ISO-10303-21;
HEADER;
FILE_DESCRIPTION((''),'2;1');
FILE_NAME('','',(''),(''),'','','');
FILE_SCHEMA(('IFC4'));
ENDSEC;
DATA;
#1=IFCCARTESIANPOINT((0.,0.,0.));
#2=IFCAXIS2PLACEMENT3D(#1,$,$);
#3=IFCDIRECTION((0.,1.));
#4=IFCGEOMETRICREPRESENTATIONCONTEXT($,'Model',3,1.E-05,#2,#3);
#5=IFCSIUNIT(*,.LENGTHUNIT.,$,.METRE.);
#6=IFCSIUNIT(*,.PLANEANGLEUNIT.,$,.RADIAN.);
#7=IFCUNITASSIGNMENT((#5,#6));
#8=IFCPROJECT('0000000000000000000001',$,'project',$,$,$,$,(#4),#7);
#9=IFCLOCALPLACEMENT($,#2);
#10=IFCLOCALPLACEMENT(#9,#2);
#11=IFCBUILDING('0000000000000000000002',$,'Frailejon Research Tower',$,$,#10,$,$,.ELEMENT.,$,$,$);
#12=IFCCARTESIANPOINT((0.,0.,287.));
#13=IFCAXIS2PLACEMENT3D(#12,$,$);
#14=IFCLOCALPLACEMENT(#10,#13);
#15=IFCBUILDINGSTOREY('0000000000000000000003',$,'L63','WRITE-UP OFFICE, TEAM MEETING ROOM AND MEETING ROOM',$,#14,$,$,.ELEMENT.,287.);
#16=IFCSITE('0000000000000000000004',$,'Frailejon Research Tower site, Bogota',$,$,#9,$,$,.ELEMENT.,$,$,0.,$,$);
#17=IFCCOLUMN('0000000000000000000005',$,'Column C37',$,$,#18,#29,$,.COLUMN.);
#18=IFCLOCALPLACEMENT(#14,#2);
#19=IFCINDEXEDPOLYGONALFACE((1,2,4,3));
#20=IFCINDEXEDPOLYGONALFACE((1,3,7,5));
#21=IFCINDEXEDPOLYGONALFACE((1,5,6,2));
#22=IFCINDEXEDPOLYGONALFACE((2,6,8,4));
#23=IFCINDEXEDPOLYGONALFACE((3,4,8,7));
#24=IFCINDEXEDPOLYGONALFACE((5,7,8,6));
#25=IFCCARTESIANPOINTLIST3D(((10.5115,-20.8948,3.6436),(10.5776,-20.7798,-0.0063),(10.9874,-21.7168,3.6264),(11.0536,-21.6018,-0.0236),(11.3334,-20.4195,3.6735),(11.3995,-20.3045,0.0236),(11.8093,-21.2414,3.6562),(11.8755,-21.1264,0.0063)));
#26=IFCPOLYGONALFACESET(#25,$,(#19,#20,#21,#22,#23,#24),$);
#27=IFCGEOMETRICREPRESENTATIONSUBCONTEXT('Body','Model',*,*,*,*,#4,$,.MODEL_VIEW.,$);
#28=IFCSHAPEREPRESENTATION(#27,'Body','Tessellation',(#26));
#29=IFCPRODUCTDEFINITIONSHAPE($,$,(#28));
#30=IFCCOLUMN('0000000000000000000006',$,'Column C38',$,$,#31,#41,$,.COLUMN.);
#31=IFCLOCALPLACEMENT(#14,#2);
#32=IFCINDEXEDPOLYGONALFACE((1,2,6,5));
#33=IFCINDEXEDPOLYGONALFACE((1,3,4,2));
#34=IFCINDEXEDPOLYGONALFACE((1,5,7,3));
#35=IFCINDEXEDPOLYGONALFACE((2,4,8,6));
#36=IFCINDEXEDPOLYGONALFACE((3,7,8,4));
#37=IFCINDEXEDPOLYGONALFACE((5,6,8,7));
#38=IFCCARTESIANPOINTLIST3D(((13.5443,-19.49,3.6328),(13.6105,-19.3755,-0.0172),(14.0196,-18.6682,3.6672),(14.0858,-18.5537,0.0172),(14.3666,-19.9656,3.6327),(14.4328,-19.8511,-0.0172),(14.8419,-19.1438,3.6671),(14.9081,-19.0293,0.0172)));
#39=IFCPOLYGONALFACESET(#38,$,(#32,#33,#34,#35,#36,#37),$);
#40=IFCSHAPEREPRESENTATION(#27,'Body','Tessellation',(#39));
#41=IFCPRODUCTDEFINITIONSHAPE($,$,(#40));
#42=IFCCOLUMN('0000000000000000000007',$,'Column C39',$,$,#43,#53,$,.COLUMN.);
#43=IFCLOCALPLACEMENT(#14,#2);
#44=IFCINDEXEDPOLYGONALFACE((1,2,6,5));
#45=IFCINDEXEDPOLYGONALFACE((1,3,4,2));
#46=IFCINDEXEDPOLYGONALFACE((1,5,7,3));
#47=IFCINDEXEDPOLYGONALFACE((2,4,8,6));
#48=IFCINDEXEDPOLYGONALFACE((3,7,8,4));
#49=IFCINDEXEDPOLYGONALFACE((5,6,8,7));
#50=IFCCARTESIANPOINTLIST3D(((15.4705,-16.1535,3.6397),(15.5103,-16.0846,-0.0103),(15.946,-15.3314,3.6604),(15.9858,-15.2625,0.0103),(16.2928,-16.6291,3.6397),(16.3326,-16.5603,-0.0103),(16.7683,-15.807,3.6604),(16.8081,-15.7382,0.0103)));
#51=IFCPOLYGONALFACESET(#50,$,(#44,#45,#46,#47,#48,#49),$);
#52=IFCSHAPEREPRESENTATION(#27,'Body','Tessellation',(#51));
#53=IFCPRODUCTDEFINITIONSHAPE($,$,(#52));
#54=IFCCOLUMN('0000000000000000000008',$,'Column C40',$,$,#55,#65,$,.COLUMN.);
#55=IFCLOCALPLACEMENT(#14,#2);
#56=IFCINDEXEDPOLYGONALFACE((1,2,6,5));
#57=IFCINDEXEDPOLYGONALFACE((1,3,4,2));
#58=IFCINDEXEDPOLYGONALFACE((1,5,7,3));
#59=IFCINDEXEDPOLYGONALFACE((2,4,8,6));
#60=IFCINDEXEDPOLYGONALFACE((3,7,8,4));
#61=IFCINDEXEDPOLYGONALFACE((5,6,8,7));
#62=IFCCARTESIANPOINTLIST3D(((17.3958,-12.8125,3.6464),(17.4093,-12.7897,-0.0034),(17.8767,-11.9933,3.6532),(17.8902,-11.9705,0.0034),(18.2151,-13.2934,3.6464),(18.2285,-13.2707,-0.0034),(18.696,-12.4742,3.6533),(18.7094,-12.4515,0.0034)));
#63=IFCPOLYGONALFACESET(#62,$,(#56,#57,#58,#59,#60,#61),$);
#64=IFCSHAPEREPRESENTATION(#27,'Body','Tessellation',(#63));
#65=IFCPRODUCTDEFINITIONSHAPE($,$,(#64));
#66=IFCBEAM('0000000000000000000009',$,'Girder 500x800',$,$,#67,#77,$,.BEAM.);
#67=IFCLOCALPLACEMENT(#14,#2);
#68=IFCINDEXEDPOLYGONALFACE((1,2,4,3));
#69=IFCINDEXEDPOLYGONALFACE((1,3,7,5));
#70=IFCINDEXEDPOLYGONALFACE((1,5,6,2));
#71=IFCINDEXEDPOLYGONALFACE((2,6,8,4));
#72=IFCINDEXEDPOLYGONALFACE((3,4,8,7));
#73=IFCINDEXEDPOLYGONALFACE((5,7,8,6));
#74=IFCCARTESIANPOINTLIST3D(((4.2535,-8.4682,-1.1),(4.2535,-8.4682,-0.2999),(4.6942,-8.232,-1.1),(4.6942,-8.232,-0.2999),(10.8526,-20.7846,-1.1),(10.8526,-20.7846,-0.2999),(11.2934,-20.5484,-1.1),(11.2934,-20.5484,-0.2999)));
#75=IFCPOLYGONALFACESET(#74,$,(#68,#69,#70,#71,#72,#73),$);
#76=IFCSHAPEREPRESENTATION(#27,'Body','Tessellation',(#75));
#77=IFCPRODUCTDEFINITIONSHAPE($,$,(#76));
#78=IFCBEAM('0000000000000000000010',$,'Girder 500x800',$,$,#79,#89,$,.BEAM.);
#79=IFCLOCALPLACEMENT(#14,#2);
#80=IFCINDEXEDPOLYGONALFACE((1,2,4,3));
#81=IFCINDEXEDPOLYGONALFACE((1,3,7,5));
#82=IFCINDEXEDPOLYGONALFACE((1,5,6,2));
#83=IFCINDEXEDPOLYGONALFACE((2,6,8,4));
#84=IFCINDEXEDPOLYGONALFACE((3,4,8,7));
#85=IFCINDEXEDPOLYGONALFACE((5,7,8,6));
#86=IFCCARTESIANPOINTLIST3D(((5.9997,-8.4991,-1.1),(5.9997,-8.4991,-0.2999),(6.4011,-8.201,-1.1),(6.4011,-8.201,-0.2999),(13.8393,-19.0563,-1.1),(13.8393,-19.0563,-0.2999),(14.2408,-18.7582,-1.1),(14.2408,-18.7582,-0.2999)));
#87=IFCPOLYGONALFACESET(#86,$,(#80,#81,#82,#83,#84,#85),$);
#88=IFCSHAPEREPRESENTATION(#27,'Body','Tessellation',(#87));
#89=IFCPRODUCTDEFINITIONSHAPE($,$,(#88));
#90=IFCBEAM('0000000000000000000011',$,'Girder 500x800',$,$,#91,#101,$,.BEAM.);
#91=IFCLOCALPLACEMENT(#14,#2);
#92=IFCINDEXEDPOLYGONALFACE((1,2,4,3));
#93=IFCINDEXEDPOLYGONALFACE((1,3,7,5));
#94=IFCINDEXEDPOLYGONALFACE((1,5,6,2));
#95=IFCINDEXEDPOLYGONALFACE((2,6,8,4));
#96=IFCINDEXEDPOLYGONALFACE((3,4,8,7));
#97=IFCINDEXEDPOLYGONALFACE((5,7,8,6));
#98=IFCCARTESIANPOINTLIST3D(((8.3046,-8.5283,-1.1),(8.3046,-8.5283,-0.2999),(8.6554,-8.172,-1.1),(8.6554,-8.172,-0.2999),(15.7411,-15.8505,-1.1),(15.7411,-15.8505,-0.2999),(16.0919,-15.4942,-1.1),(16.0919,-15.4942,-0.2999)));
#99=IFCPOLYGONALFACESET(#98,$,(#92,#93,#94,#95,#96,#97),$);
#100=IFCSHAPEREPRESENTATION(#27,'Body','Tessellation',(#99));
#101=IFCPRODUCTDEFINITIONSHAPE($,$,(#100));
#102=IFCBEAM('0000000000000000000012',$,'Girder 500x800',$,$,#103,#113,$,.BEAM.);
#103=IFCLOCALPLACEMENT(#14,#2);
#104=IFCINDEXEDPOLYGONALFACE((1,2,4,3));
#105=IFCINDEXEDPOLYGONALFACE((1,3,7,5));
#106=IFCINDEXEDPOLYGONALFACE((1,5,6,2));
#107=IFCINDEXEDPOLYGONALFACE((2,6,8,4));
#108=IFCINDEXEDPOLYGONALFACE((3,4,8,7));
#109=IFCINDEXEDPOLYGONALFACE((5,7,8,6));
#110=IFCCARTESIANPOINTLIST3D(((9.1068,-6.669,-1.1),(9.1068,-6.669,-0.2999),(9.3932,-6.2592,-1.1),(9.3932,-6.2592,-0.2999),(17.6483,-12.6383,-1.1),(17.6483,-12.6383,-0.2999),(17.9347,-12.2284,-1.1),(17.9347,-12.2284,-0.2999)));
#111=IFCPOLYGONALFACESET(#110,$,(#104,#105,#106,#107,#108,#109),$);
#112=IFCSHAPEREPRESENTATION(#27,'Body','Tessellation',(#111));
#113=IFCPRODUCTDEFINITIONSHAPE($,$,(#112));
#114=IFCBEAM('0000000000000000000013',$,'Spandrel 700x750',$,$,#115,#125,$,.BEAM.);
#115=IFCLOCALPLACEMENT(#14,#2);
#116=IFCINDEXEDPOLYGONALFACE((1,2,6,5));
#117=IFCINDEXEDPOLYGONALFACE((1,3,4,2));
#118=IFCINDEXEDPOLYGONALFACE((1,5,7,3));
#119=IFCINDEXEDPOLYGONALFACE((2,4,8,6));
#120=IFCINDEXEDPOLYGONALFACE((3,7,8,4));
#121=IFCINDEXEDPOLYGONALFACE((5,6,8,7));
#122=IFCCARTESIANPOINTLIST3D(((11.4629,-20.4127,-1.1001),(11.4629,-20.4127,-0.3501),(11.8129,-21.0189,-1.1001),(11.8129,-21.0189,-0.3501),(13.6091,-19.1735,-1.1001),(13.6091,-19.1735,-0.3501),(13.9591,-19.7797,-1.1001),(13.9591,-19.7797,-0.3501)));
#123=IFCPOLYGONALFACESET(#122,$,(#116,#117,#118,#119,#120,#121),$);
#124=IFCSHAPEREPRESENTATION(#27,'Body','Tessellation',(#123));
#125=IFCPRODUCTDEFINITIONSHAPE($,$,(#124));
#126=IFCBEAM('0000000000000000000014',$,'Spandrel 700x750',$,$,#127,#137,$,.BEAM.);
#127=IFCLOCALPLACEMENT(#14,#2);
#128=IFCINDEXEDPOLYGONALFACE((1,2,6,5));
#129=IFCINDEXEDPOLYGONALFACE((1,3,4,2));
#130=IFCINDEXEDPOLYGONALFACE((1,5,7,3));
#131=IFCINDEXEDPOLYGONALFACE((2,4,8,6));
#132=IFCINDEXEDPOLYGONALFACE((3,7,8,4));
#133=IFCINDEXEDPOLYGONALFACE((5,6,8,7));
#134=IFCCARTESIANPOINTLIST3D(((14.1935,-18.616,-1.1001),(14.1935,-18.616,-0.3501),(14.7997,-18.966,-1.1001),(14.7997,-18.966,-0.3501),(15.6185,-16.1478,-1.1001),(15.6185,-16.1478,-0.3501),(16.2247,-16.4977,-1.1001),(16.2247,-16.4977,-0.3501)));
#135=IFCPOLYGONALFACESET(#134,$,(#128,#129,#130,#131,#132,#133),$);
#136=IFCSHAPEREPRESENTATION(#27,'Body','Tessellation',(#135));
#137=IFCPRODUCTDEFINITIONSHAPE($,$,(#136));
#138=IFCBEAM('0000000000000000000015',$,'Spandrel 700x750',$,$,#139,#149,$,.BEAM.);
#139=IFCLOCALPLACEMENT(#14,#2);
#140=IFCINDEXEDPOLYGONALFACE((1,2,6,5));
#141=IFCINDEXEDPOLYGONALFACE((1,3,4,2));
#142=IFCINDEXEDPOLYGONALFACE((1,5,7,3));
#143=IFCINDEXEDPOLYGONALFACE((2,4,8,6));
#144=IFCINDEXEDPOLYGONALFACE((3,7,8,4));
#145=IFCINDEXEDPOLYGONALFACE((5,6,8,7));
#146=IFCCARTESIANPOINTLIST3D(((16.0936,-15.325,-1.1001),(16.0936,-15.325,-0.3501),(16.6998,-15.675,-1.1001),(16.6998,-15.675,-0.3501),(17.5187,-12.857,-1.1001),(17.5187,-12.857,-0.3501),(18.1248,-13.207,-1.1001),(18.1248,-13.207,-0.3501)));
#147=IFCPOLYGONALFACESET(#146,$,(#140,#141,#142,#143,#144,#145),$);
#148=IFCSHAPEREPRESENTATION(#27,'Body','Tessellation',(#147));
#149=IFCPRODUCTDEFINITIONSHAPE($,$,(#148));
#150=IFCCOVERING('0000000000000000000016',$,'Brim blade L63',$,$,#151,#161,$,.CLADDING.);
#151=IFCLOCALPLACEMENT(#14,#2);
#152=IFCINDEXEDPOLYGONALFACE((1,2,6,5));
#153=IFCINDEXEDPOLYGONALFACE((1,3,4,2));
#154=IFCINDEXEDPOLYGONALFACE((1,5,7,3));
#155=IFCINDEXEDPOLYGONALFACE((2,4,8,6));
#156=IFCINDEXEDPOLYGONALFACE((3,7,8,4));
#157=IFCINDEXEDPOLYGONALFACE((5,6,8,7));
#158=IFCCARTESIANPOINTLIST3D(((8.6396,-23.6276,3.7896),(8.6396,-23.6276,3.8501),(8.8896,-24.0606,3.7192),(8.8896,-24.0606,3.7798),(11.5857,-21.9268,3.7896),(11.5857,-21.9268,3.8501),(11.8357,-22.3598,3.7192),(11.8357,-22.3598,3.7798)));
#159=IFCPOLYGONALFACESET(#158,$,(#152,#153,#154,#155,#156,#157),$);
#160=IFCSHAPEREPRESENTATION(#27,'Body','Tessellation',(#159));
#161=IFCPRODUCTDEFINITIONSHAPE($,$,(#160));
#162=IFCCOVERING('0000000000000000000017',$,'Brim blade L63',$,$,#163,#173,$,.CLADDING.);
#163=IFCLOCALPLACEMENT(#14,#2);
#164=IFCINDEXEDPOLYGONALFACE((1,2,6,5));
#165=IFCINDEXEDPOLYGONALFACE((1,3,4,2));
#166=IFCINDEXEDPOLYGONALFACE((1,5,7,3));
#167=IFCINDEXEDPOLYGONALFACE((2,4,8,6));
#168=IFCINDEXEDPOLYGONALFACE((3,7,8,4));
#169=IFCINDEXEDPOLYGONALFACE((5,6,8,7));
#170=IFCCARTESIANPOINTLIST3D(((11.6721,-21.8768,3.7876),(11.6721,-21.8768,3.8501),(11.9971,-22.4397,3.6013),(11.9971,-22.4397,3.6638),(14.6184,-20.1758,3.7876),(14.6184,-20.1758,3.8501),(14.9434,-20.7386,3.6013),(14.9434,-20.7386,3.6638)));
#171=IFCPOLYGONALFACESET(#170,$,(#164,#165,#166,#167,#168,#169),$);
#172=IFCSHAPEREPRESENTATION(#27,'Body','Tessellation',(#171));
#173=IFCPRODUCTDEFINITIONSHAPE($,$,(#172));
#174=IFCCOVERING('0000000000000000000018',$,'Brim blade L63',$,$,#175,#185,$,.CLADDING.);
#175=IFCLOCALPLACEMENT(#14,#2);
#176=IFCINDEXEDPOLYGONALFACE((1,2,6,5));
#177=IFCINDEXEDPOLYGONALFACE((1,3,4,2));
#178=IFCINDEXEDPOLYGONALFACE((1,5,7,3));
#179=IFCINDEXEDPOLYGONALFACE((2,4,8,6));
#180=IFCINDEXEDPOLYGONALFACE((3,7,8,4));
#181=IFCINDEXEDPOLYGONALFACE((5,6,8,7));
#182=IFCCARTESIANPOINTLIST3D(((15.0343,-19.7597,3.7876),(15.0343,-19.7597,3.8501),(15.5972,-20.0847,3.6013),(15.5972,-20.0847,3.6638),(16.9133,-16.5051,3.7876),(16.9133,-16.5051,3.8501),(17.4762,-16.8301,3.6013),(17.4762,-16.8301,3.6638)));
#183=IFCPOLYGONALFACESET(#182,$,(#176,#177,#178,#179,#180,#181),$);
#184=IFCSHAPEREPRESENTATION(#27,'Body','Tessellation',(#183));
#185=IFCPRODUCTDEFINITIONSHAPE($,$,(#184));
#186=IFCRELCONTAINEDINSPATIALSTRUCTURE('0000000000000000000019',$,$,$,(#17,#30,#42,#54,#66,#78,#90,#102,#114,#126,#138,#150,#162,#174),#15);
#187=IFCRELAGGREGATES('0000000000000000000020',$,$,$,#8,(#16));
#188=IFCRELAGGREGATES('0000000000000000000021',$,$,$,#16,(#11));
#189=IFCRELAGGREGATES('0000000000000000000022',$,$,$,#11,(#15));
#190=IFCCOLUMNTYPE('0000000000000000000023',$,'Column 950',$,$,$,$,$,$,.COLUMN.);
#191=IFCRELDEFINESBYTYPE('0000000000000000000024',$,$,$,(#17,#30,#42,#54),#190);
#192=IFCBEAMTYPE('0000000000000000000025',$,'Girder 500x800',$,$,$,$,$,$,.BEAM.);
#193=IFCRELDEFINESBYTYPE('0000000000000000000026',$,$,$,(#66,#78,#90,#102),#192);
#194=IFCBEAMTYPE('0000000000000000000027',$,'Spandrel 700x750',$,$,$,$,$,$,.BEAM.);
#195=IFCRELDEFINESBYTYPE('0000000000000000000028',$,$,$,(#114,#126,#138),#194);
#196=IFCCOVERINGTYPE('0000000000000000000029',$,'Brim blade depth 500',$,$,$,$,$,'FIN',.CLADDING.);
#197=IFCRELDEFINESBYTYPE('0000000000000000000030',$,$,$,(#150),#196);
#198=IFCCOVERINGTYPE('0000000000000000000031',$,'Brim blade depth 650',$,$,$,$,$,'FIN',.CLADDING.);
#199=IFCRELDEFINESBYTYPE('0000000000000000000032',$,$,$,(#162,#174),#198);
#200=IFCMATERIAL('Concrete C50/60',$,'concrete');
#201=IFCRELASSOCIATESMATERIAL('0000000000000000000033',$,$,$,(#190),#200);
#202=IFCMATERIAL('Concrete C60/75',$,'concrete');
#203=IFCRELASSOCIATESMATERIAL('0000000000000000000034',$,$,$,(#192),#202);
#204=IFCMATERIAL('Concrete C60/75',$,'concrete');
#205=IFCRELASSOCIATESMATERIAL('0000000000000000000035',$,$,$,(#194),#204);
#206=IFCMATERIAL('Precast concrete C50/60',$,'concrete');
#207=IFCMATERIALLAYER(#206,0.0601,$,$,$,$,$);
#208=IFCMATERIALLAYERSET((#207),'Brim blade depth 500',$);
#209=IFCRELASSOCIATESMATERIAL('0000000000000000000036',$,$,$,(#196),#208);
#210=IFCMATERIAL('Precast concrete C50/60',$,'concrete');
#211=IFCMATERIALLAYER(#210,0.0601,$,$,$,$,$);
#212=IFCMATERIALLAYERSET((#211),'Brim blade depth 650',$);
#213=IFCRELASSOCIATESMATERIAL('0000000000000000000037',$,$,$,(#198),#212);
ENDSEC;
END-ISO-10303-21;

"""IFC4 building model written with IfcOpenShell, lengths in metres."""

from ifc_helpers import new_model, si_unit, direction, frame, origin, origin_2d, place, context, subcontext, project, spatial, polyline, rectangle, outline, extrude, material, layer, layer_set, material_profile, profile_set, type_object, element, save


model = new_model("IFC4")

# Units and contexts
model_context = context("Model", 3, precision=1e-05, world=origin(), true_north=direction((0.0, 1.0)))
body_context = subcontext(model_context, "Body", "Model", "MODEL_VIEW")
ifc_project = project(units=[si_unit("LENGTHUNIT", "METRE"), si_unit("PLANEANGLEUNIT", "RADIAN")], contexts=[model_context])

# Site, building, storey
site_placement = place(None, origin())
site = spatial("IfcSite", under=ifc_project, at=site_placement, Name="Frailejon Research Tower site, Bogota", CompositionType="ELEMENT", RefElevation=0.0)
building_placement = place(site_placement, origin())
building = spatial("IfcBuilding", under=site, at=building_placement, Name="Frailejon Research Tower", CompositionType="ELEMENT")
storey_placement = place(building_placement, frame((0.0, 0.0, 287.0)))
storey = spatial("IfcBuildingStorey", under=building, at=storey_placement, Name="L63", Description="WRITE-UP OFFICE, TEAM MEETING ROOM AND MEETING ROOM", CompositionType="ELEMENT", Elevation=287.0)

# Columns
ifc_material_1 = material(Name="Concrete C50/60", Category="concrete")
ifc_material_profile_1 = material_profile(ifc_material_1, rectangle(XDim=0.95, YDim=0.95, at=origin_2d()), Name="Column 950")
ifc_profile_set_1 = profile_set([ifc_material_profile_1], Name="Concrete C50/60")
column_type = type_object("IfcColumnType", Name="Column 950", PredefinedType="COLUMN", material=ifc_profile_set_1)
for number, where, z_axis, x_axis, name in (
    (1, (11.2266, -20.9531, 0.0), (-0.018115, -0.031484, 0.99934), (0.865231, 0.500386, 0.031449), "Column C37"),
    (2, (14.2593, -19.2024, 0.0), (-0.018115, -0.031351, 0.999344), (0.500358, 0.865061, 0.036208), "Column C38"),
):
    element("IfcColumn", number, at=place(storey_placement, frame(where, z_axis=z_axis, x_axis=x_axis)), inside=storey, type_object=column_type, Name=name, PredefinedType="COLUMN", context=body_context, shape_type="SweptSolid", body=[
        extrude(rectangle(XDim=0.95, YDim=0.95, at=origin_2d()), origin(), (0.0, 0.0, 1.0), 3.6523),
    ])
column_1_placement = place(storey_placement, frame((16.1592, -15.9114, 0.0), z_axis=(-0.0109, -0.018858, 0.999763), x_axis=(0.50059, 0.86541, 0.021782)))
element("IfcColumn", 3, at=column_1_placement, inside=storey, type_object=column_type, Name="Column C39", PredefinedType="COLUMN", context=body_context, shape_type="SweptSolid", body=[
    extrude(rectangle(XDim=0.95, YDim=0.95, at=origin_2d()), origin(), (0.0, 0.0, 1.0), 3.6509),
])
column_2_placement = place(storey_placement, frame((18.0593, -12.6206, 0.0), z_axis=(-0.003679, -0.006221, 0.999974), x_axis=(0.50624, 0.862362, 0.007227)))
element("IfcColumn", 4, at=column_2_placement, inside=storey, type_object=column_type, Name="Column C40", PredefinedType="COLUMN", context=body_context, shape_type="SweptSolid", body=[
    extrude(rectangle(XDim=0.95, YDim=0.95, at=origin_2d()), origin(), (0.0, 0.0, 1.0), 3.6499),
])

# Beams
ifc_material_2 = material(Name="Concrete C60/75", Category="concrete")
ifc_material_profile_2 = material_profile(ifc_material_2, rectangle(XDim=0.5, YDim=0.8, at=origin_2d()), Name="Girder 500x800")
ifc_profile_set_2 = profile_set([ifc_material_profile_2], Name="Concrete C60/75")
beam_type_1 = type_object("IfcBeamType", Name="Girder 500x800", PredefinedType="BEAM", material=ifc_profile_set_2)
beam_1_placement = place(storey_placement, frame((11.073, -20.6665, -0.7), z_axis=(-0.47228, 0.881449, 0.0), x_axis=(-0.881449, -0.47228, 0.0)))
element("IfcBeam", 5, at=beam_1_placement, inside=storey, type_object=beam_type_1, Name="Girder 500x800", PredefinedType="BEAM", context=body_context, shape_type="SweptSolid", body=[
    extrude(rectangle(XDim=0.5, YDim=0.8, at=origin_2d()), origin(), (0.0, 0.0, 1.0), 13.9729),
])
beam_2_placement = place(storey_placement, frame((14.04, -18.9072, -0.7), z_axis=(-0.596185, 0.802847, 0.0), x_axis=(-0.802847, -0.596185, 0.0)))
element("IfcBeam", 6, at=beam_2_placement, inside=storey, type_object=beam_type_1, Name="Girder 500x800", PredefinedType="BEAM", context=body_context, shape_type="SweptSolid", body=[
    extrude(rectangle(XDim=0.5, YDim=0.8, at=origin_2d()), origin(), (0.0, 0.0, 1.0), 13.1497),
])
beam_3_placement = place(storey_placement, frame((15.9165, -15.6724, -0.7), z_axis=(-0.71256, 0.701612, 0.0), x_axis=(-0.701612, -0.71256, 0.0)))
element("IfcBeam", 7, at=beam_3_placement, inside=storey, type_object=beam_type_1, Name="Girder 500x800", PredefinedType="BEAM", context=body_context, shape_type="SweptSolid", body=[
    extrude(rectangle(XDim=0.5, YDim=0.8, at=origin_2d()), origin(), (0.0, 0.0, 1.0), 10.4363),
])
beam_4_placement = place(storey_placement, frame((17.7915, -12.4333, -0.7), z_axis=(-0.819674, 0.57283, 0.0), x_axis=(-0.57283, -0.819674, 0.0)))
element("IfcBeam", 8, at=beam_4_placement, inside=storey, type_object=beam_type_1, Name="Girder 500x800", PredefinedType="BEAM", context=body_context, shape_type="SweptSolid", body=[
    extrude(rectangle(XDim=0.5, YDim=0.8, at=origin_2d()), origin(), (0.0, 0.0, 1.0), 10.4207),
])
ifc_material_3 = material(Name="Concrete C60/75", Category="concrete")
ifc_material_profile_3 = material_profile(ifc_material_3, rectangle(XDim=0.7, YDim=0.75, at=origin_2d()), Name="Spandrel 700x750")
ifc_profile_set_3 = profile_set([ifc_material_profile_3], Name="Concrete C60/75")
beam_type_2 = type_object("IfcBeamType", Name="Spandrel 700x750", PredefinedType="BEAM", material=ifc_profile_set_3)
beam_5_placement = place(storey_placement, frame((11.6379, -20.7158, -0.7251), z_axis=(0.866003, 0.500038, 0.0), x_axis=(-0.500038, 0.866003, 0.0)))
element("IfcBeam", 9, at=beam_5_placement, inside=storey, type_object=beam_type_2, Name="Spandrel 700x750", PredefinedType="BEAM", context=body_context, shape_type="SweptSolid", body=[
    extrude(rectangle(XDim=0.7, YDim=0.75, at=origin_2d()), origin(), (0.0, 0.0, 1.0), 2.4783),
])
beam_6_placement = place(storey_placement, frame((14.4966, -18.791, -0.7251), z_axis=(0.499999, 0.866026, 0.0), x_axis=(-0.866026, 0.499999, 0.0)))
element("IfcBeam", 10, at=beam_6_placement, inside=storey, type_object=beam_type_2, Name="Spandrel 700x750", PredefinedType="BEAM", context=body_context, shape_type="SweptSolid", body=[
    extrude(rectangle(XDim=0.7, YDim=0.75, at=origin_2d()), origin(), (0.0, 0.0, 1.0), 2.8501),
])
beam_7_placement = place(storey_placement, frame((16.3967, -15.5, -0.7251), z_axis=(0.500036, 0.866004, 0.0), x_axis=(-0.866004, 0.500036, 0.0)))
element("IfcBeam", 11, at=beam_7_placement, inside=storey, type_object=beam_type_2, Name="Spandrel 700x750", PredefinedType="BEAM", context=body_context, shape_type="SweptSolid", body=[
    extrude(rectangle(XDim=0.7, YDim=0.75, at=origin_2d()), origin(), (0.0, 0.0, 1.0), 2.8499),
])

# Coverings
ifc_material_4 = material(Name="Precast concrete C50/60", Category="concrete")
ifc_layer_1 = layer(ifc_material_4, 0.0601)
ifc_layer_set_1 = layer_set([ifc_layer_1], Name="Brim blade depth 500")
covering_type_1 = type_object("IfcCoveringType", Name="Brim blade depth 500", ElementType="FIN", PredefinedType="CLADDING", material=ifc_layer_set_1)
covering_1_placement = place(storey_placement, frame((11.5857, -21.9268, 3.8501), z_axis=(-0.866036, -0.499981, 0.0), x_axis=(0.499981, -0.866036, 0.0)))
element("IfcCovering", 12, at=covering_1_placement, inside=storey, type_object=covering_type_1, Name="Brim blade L63", PredefinedType="CLADDING", context=body_context, shape_type="SweptSolid", body=[
    extrude(outline(polyline([(0.0, -0.0605), (0.5, -0.1309), (0.5, -0.0703), (0.0, 0.0), (0.0, -0.0605)])), origin(), (0.0, 0.0, 1.0), 3.4019),
])
ifc_material_5 = material(Name="Precast concrete C50/60", Category="concrete")
ifc_layer_2 = layer(ifc_material_5, 0.0601)
ifc_layer_set_2 = layer_set([ifc_layer_2], Name="Brim blade depth 650")
covering_type_2 = type_object("IfcCoveringType", Name="Brim blade depth 650", ElementType="FIN", PredefinedType="CLADDING", material=ifc_layer_set_2)
covering_2_placement = place(storey_placement, frame((14.6184, -20.1758, 3.8501), z_axis=(-0.866024, -0.500003, 0.0), x_axis=(0.500003, -0.866024, 0.0)))
element("IfcCovering", 13, at=covering_2_placement, inside=storey, type_object=covering_type_2, Name="Brim blade L63", PredefinedType="CLADDING", context=body_context, shape_type="SweptSolid", body=[
    extrude(outline(polyline([(0.0, -0.0625), (0.6499, -0.2488), (0.6499, -0.1863), (0.0, 0.0), (0.0, -0.0625)])), origin(), (0.0, 0.0, 1.0), 3.4021),
])
covering_3_placement = place(storey_placement, frame((16.9133, -16.5051, 3.8501), z_axis=(-0.499992, -0.86603, 0.0), x_axis=(0.86603, -0.499992, 0.0)))
element("IfcCovering", 14, at=covering_3_placement, inside=storey, type_object=covering_type_2, Name="Brim blade L63", PredefinedType="CLADDING", context=body_context, shape_type="SweptSolid", body=[
    extrude(outline(polyline([(0.0, -0.0625), (0.6499, -0.2488), (0.6499, -0.1863), (0.0, 0.0), (0.0, -0.0625)])), origin(), (0.0, 0.0, 1.0), 3.7581),
])

save(model, "model.ifc")
